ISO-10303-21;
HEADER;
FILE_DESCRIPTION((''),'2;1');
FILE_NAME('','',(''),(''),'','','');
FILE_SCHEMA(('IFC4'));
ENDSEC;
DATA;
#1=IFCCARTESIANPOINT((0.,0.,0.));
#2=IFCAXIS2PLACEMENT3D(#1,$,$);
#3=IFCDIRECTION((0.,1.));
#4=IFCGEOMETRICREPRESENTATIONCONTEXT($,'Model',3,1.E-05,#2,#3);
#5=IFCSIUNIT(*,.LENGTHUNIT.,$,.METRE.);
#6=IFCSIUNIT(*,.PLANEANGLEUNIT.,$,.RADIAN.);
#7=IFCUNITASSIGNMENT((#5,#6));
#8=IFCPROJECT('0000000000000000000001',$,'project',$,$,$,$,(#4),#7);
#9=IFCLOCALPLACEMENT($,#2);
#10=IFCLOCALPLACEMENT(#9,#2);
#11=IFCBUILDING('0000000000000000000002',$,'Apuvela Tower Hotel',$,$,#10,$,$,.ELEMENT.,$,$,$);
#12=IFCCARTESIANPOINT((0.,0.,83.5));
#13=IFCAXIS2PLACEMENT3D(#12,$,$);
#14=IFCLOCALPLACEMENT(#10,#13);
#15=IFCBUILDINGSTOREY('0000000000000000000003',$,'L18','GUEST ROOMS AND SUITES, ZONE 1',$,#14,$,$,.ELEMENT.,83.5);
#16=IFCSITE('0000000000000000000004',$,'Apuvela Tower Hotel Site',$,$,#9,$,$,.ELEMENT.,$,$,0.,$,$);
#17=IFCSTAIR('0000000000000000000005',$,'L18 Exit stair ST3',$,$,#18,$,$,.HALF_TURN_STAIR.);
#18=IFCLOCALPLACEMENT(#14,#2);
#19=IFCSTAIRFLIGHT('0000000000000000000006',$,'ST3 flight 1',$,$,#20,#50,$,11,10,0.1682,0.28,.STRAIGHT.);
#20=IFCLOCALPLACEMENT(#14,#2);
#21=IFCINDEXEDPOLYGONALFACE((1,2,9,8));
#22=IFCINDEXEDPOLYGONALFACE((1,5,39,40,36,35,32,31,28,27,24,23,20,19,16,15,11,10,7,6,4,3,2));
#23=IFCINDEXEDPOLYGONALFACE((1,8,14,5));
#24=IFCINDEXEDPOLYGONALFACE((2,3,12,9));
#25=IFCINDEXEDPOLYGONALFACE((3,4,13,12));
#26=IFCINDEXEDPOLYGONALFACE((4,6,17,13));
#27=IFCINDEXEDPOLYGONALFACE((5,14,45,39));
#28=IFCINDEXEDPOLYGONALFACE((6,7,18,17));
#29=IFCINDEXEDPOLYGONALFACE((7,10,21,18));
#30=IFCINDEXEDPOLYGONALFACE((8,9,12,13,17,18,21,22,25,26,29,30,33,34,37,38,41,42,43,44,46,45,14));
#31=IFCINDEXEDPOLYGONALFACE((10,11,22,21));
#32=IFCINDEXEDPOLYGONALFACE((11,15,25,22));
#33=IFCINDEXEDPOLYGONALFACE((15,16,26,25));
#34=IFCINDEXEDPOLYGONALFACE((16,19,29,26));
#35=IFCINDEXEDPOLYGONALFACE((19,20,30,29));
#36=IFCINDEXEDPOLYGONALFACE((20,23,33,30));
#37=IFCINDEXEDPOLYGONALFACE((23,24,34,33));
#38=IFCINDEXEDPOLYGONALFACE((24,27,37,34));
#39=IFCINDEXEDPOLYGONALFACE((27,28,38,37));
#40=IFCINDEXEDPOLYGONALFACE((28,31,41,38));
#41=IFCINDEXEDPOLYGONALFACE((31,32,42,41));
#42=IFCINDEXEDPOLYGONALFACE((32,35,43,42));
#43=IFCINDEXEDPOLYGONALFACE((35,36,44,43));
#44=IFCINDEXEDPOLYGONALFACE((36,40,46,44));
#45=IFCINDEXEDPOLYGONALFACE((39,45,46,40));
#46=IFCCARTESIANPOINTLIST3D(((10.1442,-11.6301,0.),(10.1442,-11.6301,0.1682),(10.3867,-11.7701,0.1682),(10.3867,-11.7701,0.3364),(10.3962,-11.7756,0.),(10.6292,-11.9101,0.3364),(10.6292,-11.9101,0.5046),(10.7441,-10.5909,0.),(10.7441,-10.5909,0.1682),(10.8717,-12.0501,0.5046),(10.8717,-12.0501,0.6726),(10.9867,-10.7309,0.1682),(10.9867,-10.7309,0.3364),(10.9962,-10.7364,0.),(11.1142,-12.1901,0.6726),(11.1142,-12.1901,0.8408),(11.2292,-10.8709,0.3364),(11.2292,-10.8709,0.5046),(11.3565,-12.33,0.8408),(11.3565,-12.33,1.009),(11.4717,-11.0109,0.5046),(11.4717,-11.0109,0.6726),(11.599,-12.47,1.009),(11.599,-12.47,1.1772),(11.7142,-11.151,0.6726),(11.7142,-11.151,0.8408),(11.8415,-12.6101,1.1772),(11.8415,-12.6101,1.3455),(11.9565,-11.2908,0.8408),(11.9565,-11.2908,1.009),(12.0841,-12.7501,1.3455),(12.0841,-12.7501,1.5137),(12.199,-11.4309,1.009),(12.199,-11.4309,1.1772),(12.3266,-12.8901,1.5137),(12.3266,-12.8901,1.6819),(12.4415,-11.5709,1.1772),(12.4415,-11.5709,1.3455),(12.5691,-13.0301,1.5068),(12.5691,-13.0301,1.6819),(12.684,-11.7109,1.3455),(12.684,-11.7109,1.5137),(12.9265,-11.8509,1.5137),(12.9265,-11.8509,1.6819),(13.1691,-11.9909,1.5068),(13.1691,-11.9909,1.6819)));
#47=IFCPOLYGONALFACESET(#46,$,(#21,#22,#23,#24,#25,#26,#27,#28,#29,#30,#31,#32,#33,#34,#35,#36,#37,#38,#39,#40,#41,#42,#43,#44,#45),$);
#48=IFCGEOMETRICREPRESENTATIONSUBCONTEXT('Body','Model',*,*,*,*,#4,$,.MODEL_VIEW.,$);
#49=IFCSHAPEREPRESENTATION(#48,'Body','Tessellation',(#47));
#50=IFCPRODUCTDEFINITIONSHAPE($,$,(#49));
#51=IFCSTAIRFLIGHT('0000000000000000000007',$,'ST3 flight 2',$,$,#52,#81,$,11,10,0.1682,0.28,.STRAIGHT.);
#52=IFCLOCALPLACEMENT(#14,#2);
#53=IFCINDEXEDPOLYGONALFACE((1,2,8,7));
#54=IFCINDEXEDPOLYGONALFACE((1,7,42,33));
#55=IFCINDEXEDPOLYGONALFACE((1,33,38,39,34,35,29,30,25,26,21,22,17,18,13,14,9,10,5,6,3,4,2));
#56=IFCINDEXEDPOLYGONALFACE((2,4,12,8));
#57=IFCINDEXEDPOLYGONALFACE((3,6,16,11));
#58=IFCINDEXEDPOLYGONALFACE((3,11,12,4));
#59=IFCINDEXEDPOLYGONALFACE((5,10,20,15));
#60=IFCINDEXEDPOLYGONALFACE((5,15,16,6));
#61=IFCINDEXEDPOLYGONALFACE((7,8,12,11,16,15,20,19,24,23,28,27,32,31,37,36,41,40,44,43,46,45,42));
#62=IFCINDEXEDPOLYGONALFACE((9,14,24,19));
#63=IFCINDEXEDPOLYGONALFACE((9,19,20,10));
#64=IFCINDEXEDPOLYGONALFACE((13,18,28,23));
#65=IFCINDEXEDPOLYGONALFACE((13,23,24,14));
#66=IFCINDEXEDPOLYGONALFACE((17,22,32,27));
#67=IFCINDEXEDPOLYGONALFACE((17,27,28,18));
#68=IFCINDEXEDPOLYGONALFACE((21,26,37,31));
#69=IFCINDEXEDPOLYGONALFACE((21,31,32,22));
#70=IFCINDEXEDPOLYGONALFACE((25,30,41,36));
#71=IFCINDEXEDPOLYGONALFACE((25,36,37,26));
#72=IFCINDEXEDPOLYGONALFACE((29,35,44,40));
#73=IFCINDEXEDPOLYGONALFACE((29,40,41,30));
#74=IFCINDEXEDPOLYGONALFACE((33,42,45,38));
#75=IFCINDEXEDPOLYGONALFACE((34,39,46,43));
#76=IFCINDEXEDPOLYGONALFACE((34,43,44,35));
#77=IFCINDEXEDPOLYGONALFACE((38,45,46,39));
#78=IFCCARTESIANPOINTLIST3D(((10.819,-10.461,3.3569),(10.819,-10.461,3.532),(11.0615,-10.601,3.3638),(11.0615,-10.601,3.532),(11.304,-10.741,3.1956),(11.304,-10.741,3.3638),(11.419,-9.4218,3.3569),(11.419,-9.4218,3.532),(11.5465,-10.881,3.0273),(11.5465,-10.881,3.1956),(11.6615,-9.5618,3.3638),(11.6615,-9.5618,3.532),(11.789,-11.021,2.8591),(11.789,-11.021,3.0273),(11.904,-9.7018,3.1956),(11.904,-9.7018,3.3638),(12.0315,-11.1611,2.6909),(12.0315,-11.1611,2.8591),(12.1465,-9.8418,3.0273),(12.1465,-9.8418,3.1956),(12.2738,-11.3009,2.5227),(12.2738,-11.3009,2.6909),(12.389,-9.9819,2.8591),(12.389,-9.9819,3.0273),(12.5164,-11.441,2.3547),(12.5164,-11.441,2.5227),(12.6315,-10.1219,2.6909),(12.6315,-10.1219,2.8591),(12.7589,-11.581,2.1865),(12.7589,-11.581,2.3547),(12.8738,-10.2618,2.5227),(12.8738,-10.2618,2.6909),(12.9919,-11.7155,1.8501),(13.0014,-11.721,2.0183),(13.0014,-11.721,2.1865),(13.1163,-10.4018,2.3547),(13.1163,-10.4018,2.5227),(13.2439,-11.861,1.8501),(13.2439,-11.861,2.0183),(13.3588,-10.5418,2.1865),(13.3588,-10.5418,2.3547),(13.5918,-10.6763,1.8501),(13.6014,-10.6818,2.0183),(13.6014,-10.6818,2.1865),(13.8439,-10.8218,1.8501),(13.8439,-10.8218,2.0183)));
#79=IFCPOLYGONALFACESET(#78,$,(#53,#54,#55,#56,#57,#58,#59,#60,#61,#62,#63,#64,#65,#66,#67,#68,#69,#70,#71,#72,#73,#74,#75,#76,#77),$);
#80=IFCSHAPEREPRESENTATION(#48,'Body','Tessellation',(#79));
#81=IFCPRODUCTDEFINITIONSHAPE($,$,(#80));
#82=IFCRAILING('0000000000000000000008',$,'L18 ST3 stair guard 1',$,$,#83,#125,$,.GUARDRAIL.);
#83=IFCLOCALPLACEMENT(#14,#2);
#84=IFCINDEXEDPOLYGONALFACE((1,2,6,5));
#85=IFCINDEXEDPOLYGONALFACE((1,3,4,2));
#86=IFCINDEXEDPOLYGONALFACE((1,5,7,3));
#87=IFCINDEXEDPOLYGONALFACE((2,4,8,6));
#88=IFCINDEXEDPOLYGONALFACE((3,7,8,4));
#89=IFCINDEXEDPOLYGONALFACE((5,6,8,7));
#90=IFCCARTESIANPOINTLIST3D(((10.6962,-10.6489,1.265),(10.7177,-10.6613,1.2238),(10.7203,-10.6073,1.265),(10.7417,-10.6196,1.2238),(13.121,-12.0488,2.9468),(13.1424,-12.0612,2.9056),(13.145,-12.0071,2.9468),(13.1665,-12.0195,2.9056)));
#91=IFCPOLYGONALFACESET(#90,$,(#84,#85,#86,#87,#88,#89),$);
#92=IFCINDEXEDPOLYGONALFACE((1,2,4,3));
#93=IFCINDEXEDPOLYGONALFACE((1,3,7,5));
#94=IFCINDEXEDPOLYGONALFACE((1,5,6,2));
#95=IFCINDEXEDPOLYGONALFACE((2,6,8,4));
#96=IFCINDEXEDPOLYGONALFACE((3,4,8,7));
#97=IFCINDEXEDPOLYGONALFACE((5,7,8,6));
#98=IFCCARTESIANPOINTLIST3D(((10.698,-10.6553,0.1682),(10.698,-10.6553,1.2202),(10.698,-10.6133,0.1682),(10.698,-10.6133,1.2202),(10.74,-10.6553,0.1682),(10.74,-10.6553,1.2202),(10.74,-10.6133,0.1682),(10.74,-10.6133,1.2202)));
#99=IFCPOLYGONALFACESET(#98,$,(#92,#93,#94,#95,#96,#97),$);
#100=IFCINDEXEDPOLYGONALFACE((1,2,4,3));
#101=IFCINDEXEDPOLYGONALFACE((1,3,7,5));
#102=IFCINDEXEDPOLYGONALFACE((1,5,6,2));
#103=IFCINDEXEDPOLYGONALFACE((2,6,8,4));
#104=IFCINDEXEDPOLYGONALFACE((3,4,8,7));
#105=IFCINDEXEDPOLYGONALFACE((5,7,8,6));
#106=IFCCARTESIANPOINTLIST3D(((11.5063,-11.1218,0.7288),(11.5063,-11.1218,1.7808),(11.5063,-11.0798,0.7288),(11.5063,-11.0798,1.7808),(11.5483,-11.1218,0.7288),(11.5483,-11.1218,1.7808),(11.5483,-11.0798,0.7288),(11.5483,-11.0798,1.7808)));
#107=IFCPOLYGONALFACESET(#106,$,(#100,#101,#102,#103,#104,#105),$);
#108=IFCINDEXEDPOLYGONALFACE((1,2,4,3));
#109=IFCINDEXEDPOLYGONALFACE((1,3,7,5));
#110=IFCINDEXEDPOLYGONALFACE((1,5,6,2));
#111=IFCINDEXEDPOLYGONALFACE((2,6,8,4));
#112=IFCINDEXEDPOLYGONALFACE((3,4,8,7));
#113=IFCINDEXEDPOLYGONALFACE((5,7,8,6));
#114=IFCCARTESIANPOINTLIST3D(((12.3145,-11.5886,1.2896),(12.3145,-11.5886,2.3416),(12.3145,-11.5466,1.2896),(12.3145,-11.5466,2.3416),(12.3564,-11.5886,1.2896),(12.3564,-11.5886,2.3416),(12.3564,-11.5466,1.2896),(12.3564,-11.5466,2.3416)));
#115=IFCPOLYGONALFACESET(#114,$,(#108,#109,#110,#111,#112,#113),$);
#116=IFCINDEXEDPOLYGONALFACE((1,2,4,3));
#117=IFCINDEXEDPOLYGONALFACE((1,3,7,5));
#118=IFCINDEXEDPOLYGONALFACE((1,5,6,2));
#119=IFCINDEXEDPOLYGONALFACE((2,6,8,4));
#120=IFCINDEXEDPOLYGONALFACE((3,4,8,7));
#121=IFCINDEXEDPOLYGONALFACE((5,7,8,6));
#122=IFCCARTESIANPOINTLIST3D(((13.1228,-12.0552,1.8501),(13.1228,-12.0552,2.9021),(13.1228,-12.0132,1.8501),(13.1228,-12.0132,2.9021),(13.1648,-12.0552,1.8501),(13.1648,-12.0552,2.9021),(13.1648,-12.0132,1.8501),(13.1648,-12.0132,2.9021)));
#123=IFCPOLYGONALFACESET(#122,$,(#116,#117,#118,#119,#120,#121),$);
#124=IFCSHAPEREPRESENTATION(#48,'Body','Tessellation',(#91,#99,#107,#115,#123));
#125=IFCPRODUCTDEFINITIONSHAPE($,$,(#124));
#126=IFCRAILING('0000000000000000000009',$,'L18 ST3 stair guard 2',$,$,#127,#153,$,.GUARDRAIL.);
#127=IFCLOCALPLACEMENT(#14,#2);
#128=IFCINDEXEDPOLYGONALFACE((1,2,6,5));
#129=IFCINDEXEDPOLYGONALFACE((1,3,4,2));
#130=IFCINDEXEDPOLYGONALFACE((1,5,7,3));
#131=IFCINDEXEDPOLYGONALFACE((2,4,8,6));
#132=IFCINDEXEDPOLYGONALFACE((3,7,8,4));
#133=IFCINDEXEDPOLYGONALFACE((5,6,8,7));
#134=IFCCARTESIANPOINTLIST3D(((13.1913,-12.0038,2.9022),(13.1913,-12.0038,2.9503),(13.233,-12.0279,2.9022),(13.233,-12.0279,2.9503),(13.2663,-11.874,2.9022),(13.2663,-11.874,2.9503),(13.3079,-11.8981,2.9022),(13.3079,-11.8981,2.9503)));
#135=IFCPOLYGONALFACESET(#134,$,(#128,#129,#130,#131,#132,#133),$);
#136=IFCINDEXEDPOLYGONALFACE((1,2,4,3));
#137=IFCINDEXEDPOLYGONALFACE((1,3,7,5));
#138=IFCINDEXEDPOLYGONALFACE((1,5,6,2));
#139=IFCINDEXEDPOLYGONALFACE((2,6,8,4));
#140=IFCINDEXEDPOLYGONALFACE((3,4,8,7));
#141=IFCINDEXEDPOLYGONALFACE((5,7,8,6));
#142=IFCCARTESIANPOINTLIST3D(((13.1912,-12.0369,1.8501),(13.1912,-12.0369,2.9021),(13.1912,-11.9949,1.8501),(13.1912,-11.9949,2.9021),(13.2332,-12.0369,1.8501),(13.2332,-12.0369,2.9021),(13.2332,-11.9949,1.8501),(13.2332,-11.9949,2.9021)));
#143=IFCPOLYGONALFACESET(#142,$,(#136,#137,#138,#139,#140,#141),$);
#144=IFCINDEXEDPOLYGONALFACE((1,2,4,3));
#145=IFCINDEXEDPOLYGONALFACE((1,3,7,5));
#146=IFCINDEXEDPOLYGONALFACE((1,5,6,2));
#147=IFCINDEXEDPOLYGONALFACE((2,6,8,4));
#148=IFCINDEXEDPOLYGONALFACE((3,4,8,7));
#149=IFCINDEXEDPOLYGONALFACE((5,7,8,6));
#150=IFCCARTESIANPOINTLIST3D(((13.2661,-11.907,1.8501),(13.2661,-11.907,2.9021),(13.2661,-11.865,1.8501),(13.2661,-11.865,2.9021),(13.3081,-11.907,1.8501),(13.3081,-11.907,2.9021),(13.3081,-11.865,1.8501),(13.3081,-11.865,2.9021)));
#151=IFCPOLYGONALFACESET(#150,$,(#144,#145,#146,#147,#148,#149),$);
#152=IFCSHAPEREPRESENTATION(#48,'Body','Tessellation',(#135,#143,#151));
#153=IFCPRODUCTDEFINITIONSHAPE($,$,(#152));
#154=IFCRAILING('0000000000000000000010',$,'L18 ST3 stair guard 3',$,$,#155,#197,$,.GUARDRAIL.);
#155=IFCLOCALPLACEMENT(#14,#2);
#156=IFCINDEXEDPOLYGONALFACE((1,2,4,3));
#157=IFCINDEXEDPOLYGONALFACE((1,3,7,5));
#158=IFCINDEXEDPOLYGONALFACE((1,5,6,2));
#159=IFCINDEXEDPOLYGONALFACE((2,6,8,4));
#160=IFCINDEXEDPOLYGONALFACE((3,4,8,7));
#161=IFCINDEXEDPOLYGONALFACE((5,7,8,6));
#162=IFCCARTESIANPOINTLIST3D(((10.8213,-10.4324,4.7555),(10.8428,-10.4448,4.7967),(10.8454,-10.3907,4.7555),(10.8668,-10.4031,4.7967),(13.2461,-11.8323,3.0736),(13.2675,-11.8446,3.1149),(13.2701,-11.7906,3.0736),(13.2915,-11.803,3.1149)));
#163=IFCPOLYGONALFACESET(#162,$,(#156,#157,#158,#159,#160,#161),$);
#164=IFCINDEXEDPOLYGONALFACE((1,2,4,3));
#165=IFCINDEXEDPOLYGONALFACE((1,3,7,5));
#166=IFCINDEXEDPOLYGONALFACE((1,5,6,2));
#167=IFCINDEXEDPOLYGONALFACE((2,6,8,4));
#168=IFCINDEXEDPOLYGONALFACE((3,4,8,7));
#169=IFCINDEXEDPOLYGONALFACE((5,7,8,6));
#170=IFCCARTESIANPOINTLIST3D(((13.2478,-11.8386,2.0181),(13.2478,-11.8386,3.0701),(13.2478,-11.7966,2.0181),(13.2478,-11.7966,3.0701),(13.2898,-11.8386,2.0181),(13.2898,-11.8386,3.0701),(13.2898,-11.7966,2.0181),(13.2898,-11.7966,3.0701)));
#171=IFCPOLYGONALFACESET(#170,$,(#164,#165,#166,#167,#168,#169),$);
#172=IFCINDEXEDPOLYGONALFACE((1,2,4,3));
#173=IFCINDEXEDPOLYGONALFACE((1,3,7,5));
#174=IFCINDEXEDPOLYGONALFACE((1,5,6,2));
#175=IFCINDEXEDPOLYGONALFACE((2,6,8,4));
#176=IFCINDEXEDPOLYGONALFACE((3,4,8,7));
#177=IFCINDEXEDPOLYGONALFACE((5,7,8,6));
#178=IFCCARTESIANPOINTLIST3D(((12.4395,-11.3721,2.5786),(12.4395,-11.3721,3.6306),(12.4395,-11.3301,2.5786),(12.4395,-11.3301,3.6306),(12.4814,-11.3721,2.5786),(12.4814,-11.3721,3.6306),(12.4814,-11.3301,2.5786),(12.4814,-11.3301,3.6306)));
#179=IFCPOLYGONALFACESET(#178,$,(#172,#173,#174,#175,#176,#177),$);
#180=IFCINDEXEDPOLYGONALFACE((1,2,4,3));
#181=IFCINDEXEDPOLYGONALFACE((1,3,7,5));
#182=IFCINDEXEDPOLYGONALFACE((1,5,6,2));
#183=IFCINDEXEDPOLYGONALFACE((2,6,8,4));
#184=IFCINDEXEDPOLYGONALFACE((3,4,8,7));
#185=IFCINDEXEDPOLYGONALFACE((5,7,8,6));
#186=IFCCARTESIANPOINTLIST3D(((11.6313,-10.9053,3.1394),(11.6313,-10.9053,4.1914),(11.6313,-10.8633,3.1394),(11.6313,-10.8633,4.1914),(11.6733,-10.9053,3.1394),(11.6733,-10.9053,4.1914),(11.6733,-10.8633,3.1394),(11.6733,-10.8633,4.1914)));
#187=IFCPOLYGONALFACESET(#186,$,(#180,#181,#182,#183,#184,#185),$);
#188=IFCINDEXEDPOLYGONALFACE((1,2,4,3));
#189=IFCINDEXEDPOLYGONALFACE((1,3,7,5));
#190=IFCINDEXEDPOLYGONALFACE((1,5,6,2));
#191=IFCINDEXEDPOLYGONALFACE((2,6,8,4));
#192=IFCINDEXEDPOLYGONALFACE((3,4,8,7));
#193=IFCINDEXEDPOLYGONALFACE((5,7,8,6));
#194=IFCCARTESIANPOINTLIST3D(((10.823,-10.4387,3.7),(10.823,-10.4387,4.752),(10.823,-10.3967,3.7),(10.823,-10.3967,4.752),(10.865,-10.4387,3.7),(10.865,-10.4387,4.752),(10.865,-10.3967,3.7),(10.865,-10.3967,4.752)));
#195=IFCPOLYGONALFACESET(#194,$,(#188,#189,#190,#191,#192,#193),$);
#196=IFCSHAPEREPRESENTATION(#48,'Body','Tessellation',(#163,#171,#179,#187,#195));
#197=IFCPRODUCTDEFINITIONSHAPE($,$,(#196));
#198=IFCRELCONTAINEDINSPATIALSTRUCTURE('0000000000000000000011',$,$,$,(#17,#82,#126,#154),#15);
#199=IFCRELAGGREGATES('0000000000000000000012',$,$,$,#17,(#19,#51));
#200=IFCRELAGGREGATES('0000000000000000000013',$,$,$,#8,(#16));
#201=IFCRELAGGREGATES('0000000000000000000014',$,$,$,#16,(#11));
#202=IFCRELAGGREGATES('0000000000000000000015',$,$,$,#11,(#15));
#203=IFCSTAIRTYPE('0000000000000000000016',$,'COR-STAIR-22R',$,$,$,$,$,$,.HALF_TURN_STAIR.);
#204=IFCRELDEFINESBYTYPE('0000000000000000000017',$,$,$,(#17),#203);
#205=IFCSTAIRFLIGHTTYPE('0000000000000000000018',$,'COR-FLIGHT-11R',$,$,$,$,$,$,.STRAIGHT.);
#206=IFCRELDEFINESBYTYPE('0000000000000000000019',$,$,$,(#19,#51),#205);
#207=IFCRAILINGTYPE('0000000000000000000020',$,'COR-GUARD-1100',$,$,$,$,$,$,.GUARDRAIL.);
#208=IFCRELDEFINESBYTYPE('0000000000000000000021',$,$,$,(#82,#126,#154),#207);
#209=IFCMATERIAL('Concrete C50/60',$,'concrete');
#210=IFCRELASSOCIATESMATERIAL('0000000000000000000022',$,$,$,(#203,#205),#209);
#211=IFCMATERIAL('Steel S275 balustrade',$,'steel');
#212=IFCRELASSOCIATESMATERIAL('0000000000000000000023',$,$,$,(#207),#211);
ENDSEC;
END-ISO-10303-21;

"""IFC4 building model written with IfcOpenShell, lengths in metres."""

from ifc_helpers import new_model, si_unit, direction, frame, origin, origin_2d, place, context, subcontext, project, spatial, polyline, rectangle, outline, extrude, material, type_object, element, aggregate, save


model = new_model("IFC4")

# Units and contexts
model_context = context("Model", 3, precision=1e-05, world=origin(), true_north=direction((0.0, 1.0)))
body_context = subcontext(model_context, "Body", "Model", "MODEL_VIEW")
ifc_project = project(units=[si_unit("LENGTHUNIT", "METRE"), si_unit("PLANEANGLEUNIT", "RADIAN")], contexts=[model_context])

# Site, building, storey
site_placement = place(None, origin())
site = spatial("IfcSite", under=ifc_project, at=site_placement, Name="Apuvela Tower Hotel Site", CompositionType="ELEMENT", RefElevation=0.0)
building_placement = place(site_placement, origin())
building = spatial("IfcBuilding", under=site, at=building_placement, Name="Apuvela Tower Hotel", CompositionType="ELEMENT")
storey_placement = place(building_placement, frame((0.0, 0.0, 83.5)))
storey = spatial("IfcBuildingStorey", under=building, at=storey_placement, Name="L18", Description="GUEST ROOMS AND SUITES, ZONE 1", CompositionType="ELEMENT", Elevation=83.5)

# Shared definitions
ifc_material_1 = material(Name="Concrete C50/60", Category="concrete")

# Stair, stair flights
stair_type = type_object("IfcStairType", Name="COR-STAIR-22R", PredefinedType="HALF_TURN_STAIR", material=ifc_material_1)
stair_placement = place(storey_placement, origin())
stair = element("IfcStair", 1, at=stair_placement, inside=storey, type_object=stair_type, Name="L18 Exit stair ST3", PredefinedType="HALF_TURN_STAIR")
stair_flight_type = type_object("IfcStairFlightType", Name="COR-FLIGHT-11R", PredefinedType="STRAIGHT", material=ifc_material_1)
stair_flight_1_placement = place(storey_placement, frame((10.4441, -11.1106, 0.0), z_axis=(0.0, 0.0, 1.0), x_axis=(0.866025, -0.5, 0.0)))
stair_flight_1 = element("IfcStairFlight", 2, at=stair_flight_1_placement, type_object=stair_flight_type, Name="ST3 flight 1", NumberOfRisers=11, NumberOfTreads=10, PredefinedType="STRAIGHT", RiserHeight=0.1682, TreadLength=0.28, context=body_context, shape_type="SweptSolid", body=[
    extrude(outline(polyline([(0.0, 0.0), (0.0, 0.1682), (0.28, 0.1682), (0.28, 0.3364), (0.5601, 0.3364), (0.5601, 0.5046), (0.8401, 0.5046), (0.8401, 0.6726), (1.1201, 0.6726), (1.1201, 0.8408), (1.3999, 0.8408), (1.3999, 1.009), (1.6799, 1.009), (1.6799, 1.1772), (1.96, 1.1772), (1.96, 1.3455), (2.24, 1.3455), (2.24, 1.5137), (2.52, 1.5137), (2.52, 1.6819), (2.8, 1.6819), (2.8, 1.8501), (2.8, 1.5068), (0.291, 0.0), (0.0, 0.0)])), frame((0.0, 0.6001, 0.0), z_axis=(0.0, -1.0, 0.0), x_axis=(1.0, 0.0, 0.0)), (0.0, 0.0, 1.0), 1.2),
])
stair_flight_2_placement = place(storey_placement, frame((13.5439, -11.3413, 1.8501), z_axis=(0.0, 0.0, 1.0), x_axis=(-0.866025, 0.5, 0.0)))
stair_flight_2 = element("IfcStairFlight", 3, at=stair_flight_2_placement, type_object=stair_flight_type, Name="ST3 flight 2", NumberOfRisers=11, NumberOfTreads=10, PredefinedType="STRAIGHT", RiserHeight=0.1682, TreadLength=0.28, context=body_context, shape_type="SweptSolid", body=[
    extrude(outline(polyline([(0.0, 0.0), (0.0, 0.1682), (0.28, 0.1682), (0.28, 0.3364), (0.5601, 0.3364), (0.5601, 0.5046), (0.8401, 0.5046), (0.8401, 0.6726), (1.1201, 0.6726), (1.1201, 0.8408), (1.3999, 0.8408), (1.3999, 1.009), (1.6799, 1.009), (1.6799, 1.1772), (1.96, 1.1772), (1.96, 1.3455), (2.24, 1.3455), (2.24, 1.5137), (2.52, 1.5137), (2.52, 1.6819), (2.8, 1.6819), (2.8, 1.8501), (2.8, 1.5068), (0.291, 0.0), (0.0, 0.0)])), frame((0.0, 0.6001, 0.0), z_axis=(0.0, -1.0, 0.0), x_axis=(1.0, 0.0, 0.0)), (0.0, 0.0, 1.0), 1.2),
])
aggregate(stair, [stair_flight_1, stair_flight_2])

# Railings
ifc_material_2 = material(Name="Steel S275 balustrade", Category="steel")
railing_type = type_object("IfcRailingType", Name="COR-GUARD-1100", PredefinedType="GUARDRAIL", material=ifc_material_2)
railing_1_placement = place(storey_placement, frame((10.719, -10.6343, 0.1682)))
element("IfcRailing", 4, at=railing_1_placement, inside=storey, type_object=railing_type, Name="L18 ST3 stair guard 1", PredefinedType="GUARDRAIL", context=body_context, shape_type="SweptSolid", body=[
    extrude(rectangle(XDim=0.0481, YDim=0.0481, at=origin_2d()), frame((0.0, 0.0, 1.0762), z_axis=(0.74239, -0.428601, 0.514934), x_axis=(0.499984, 0.866035, 0.0)), (0.0, 0.0, 1.0), 3.2661),
    extrude(rectangle(XDim=0.042, YDim=0.042, at=origin_2d()), origin(), (0.0, 0.0, 1.0), 1.052),
    extrude(rectangle(XDim=0.042, YDim=0.042, at=origin_2d()), frame((0.8083, -0.4666, 0.5605)), (0.0, 0.0, 1.0), 1.052),
    extrude(rectangle(XDim=0.042, YDim=0.042, at=origin_2d()), frame((1.6165, -0.9333, 1.1213)), (0.0, 0.0, 1.0), 1.052),
    extrude(rectangle(XDim=0.042, YDim=0.042, at=origin_2d()), frame((2.4248, -1.3999, 1.6819)), (0.0, 0.0, 1.0), 1.052),
])
railing_2_placement = place(storey_placement, frame((13.2122, -12.0159, 1.8501)))
element("IfcRailing", 5, at=railing_2_placement, inside=storey, type_object=railing_type, Name="L18 ST3 stair guard 2", PredefinedType="GUARDRAIL", context=body_context, shape_type="SweptSolid", body=[
    extrude(rectangle(XDim=0.0481, YDim=0.0481, at=origin_2d()), frame((0.0, 0.0, 1.0762), z_axis=(0.499816, 0.866131, 0.0), x_axis=(-0.866131, 0.499816, 0.0)), (0.0, 0.0, 1.0), 0.1499),
    extrude(rectangle(XDim=0.042, YDim=0.042, at=origin_2d()), origin(), (0.0, 0.0, 1.0), 1.052),
    extrude(rectangle(XDim=0.042, YDim=0.042, at=origin_2d()), frame((0.075, 0.1299, 0.0)), (0.0, 0.0, 1.0), 1.052),
])
railing_3_placement = place(storey_placement, frame((13.2688, -11.8176, 2.0181)))
element("IfcRailing", 6, at=railing_3_placement, inside=storey, type_object=railing_type, Name="L18 ST3 stair guard 3", PredefinedType="GUARDRAIL", context=body_context, shape_type="SweptSolid", body=[
    extrude(rectangle(XDim=0.0481, YDim=0.0481, at=origin_2d()), frame((0.0, 0.0, 1.0762), z_axis=(-0.74239, 0.428601, 0.514934), x_axis=(-0.499984, -0.866035, 0.0)), (0.0, 0.0, 1.0), 3.2661),
    extrude(rectangle(XDim=0.042, YDim=0.042, at=origin_2d()), origin(), (0.0, 0.0, 1.0), 1.052),
    extrude(rectangle(XDim=0.042, YDim=0.042, at=origin_2d()), frame((-0.8083, 0.4666, 0.5605)), (0.0, 0.0, 1.0), 1.052),
    extrude(rectangle(XDim=0.042, YDim=0.042, at=origin_2d()), frame((-1.6165, 0.9333, 1.1213)), (0.0, 0.0, 1.0), 1.052),
    extrude(rectangle(XDim=0.042, YDim=0.042, at=origin_2d()), frame((-2.4248, 1.3999, 1.6819)), (0.0, 0.0, 1.0), 1.052),
])

save(model, "model.ifc")
